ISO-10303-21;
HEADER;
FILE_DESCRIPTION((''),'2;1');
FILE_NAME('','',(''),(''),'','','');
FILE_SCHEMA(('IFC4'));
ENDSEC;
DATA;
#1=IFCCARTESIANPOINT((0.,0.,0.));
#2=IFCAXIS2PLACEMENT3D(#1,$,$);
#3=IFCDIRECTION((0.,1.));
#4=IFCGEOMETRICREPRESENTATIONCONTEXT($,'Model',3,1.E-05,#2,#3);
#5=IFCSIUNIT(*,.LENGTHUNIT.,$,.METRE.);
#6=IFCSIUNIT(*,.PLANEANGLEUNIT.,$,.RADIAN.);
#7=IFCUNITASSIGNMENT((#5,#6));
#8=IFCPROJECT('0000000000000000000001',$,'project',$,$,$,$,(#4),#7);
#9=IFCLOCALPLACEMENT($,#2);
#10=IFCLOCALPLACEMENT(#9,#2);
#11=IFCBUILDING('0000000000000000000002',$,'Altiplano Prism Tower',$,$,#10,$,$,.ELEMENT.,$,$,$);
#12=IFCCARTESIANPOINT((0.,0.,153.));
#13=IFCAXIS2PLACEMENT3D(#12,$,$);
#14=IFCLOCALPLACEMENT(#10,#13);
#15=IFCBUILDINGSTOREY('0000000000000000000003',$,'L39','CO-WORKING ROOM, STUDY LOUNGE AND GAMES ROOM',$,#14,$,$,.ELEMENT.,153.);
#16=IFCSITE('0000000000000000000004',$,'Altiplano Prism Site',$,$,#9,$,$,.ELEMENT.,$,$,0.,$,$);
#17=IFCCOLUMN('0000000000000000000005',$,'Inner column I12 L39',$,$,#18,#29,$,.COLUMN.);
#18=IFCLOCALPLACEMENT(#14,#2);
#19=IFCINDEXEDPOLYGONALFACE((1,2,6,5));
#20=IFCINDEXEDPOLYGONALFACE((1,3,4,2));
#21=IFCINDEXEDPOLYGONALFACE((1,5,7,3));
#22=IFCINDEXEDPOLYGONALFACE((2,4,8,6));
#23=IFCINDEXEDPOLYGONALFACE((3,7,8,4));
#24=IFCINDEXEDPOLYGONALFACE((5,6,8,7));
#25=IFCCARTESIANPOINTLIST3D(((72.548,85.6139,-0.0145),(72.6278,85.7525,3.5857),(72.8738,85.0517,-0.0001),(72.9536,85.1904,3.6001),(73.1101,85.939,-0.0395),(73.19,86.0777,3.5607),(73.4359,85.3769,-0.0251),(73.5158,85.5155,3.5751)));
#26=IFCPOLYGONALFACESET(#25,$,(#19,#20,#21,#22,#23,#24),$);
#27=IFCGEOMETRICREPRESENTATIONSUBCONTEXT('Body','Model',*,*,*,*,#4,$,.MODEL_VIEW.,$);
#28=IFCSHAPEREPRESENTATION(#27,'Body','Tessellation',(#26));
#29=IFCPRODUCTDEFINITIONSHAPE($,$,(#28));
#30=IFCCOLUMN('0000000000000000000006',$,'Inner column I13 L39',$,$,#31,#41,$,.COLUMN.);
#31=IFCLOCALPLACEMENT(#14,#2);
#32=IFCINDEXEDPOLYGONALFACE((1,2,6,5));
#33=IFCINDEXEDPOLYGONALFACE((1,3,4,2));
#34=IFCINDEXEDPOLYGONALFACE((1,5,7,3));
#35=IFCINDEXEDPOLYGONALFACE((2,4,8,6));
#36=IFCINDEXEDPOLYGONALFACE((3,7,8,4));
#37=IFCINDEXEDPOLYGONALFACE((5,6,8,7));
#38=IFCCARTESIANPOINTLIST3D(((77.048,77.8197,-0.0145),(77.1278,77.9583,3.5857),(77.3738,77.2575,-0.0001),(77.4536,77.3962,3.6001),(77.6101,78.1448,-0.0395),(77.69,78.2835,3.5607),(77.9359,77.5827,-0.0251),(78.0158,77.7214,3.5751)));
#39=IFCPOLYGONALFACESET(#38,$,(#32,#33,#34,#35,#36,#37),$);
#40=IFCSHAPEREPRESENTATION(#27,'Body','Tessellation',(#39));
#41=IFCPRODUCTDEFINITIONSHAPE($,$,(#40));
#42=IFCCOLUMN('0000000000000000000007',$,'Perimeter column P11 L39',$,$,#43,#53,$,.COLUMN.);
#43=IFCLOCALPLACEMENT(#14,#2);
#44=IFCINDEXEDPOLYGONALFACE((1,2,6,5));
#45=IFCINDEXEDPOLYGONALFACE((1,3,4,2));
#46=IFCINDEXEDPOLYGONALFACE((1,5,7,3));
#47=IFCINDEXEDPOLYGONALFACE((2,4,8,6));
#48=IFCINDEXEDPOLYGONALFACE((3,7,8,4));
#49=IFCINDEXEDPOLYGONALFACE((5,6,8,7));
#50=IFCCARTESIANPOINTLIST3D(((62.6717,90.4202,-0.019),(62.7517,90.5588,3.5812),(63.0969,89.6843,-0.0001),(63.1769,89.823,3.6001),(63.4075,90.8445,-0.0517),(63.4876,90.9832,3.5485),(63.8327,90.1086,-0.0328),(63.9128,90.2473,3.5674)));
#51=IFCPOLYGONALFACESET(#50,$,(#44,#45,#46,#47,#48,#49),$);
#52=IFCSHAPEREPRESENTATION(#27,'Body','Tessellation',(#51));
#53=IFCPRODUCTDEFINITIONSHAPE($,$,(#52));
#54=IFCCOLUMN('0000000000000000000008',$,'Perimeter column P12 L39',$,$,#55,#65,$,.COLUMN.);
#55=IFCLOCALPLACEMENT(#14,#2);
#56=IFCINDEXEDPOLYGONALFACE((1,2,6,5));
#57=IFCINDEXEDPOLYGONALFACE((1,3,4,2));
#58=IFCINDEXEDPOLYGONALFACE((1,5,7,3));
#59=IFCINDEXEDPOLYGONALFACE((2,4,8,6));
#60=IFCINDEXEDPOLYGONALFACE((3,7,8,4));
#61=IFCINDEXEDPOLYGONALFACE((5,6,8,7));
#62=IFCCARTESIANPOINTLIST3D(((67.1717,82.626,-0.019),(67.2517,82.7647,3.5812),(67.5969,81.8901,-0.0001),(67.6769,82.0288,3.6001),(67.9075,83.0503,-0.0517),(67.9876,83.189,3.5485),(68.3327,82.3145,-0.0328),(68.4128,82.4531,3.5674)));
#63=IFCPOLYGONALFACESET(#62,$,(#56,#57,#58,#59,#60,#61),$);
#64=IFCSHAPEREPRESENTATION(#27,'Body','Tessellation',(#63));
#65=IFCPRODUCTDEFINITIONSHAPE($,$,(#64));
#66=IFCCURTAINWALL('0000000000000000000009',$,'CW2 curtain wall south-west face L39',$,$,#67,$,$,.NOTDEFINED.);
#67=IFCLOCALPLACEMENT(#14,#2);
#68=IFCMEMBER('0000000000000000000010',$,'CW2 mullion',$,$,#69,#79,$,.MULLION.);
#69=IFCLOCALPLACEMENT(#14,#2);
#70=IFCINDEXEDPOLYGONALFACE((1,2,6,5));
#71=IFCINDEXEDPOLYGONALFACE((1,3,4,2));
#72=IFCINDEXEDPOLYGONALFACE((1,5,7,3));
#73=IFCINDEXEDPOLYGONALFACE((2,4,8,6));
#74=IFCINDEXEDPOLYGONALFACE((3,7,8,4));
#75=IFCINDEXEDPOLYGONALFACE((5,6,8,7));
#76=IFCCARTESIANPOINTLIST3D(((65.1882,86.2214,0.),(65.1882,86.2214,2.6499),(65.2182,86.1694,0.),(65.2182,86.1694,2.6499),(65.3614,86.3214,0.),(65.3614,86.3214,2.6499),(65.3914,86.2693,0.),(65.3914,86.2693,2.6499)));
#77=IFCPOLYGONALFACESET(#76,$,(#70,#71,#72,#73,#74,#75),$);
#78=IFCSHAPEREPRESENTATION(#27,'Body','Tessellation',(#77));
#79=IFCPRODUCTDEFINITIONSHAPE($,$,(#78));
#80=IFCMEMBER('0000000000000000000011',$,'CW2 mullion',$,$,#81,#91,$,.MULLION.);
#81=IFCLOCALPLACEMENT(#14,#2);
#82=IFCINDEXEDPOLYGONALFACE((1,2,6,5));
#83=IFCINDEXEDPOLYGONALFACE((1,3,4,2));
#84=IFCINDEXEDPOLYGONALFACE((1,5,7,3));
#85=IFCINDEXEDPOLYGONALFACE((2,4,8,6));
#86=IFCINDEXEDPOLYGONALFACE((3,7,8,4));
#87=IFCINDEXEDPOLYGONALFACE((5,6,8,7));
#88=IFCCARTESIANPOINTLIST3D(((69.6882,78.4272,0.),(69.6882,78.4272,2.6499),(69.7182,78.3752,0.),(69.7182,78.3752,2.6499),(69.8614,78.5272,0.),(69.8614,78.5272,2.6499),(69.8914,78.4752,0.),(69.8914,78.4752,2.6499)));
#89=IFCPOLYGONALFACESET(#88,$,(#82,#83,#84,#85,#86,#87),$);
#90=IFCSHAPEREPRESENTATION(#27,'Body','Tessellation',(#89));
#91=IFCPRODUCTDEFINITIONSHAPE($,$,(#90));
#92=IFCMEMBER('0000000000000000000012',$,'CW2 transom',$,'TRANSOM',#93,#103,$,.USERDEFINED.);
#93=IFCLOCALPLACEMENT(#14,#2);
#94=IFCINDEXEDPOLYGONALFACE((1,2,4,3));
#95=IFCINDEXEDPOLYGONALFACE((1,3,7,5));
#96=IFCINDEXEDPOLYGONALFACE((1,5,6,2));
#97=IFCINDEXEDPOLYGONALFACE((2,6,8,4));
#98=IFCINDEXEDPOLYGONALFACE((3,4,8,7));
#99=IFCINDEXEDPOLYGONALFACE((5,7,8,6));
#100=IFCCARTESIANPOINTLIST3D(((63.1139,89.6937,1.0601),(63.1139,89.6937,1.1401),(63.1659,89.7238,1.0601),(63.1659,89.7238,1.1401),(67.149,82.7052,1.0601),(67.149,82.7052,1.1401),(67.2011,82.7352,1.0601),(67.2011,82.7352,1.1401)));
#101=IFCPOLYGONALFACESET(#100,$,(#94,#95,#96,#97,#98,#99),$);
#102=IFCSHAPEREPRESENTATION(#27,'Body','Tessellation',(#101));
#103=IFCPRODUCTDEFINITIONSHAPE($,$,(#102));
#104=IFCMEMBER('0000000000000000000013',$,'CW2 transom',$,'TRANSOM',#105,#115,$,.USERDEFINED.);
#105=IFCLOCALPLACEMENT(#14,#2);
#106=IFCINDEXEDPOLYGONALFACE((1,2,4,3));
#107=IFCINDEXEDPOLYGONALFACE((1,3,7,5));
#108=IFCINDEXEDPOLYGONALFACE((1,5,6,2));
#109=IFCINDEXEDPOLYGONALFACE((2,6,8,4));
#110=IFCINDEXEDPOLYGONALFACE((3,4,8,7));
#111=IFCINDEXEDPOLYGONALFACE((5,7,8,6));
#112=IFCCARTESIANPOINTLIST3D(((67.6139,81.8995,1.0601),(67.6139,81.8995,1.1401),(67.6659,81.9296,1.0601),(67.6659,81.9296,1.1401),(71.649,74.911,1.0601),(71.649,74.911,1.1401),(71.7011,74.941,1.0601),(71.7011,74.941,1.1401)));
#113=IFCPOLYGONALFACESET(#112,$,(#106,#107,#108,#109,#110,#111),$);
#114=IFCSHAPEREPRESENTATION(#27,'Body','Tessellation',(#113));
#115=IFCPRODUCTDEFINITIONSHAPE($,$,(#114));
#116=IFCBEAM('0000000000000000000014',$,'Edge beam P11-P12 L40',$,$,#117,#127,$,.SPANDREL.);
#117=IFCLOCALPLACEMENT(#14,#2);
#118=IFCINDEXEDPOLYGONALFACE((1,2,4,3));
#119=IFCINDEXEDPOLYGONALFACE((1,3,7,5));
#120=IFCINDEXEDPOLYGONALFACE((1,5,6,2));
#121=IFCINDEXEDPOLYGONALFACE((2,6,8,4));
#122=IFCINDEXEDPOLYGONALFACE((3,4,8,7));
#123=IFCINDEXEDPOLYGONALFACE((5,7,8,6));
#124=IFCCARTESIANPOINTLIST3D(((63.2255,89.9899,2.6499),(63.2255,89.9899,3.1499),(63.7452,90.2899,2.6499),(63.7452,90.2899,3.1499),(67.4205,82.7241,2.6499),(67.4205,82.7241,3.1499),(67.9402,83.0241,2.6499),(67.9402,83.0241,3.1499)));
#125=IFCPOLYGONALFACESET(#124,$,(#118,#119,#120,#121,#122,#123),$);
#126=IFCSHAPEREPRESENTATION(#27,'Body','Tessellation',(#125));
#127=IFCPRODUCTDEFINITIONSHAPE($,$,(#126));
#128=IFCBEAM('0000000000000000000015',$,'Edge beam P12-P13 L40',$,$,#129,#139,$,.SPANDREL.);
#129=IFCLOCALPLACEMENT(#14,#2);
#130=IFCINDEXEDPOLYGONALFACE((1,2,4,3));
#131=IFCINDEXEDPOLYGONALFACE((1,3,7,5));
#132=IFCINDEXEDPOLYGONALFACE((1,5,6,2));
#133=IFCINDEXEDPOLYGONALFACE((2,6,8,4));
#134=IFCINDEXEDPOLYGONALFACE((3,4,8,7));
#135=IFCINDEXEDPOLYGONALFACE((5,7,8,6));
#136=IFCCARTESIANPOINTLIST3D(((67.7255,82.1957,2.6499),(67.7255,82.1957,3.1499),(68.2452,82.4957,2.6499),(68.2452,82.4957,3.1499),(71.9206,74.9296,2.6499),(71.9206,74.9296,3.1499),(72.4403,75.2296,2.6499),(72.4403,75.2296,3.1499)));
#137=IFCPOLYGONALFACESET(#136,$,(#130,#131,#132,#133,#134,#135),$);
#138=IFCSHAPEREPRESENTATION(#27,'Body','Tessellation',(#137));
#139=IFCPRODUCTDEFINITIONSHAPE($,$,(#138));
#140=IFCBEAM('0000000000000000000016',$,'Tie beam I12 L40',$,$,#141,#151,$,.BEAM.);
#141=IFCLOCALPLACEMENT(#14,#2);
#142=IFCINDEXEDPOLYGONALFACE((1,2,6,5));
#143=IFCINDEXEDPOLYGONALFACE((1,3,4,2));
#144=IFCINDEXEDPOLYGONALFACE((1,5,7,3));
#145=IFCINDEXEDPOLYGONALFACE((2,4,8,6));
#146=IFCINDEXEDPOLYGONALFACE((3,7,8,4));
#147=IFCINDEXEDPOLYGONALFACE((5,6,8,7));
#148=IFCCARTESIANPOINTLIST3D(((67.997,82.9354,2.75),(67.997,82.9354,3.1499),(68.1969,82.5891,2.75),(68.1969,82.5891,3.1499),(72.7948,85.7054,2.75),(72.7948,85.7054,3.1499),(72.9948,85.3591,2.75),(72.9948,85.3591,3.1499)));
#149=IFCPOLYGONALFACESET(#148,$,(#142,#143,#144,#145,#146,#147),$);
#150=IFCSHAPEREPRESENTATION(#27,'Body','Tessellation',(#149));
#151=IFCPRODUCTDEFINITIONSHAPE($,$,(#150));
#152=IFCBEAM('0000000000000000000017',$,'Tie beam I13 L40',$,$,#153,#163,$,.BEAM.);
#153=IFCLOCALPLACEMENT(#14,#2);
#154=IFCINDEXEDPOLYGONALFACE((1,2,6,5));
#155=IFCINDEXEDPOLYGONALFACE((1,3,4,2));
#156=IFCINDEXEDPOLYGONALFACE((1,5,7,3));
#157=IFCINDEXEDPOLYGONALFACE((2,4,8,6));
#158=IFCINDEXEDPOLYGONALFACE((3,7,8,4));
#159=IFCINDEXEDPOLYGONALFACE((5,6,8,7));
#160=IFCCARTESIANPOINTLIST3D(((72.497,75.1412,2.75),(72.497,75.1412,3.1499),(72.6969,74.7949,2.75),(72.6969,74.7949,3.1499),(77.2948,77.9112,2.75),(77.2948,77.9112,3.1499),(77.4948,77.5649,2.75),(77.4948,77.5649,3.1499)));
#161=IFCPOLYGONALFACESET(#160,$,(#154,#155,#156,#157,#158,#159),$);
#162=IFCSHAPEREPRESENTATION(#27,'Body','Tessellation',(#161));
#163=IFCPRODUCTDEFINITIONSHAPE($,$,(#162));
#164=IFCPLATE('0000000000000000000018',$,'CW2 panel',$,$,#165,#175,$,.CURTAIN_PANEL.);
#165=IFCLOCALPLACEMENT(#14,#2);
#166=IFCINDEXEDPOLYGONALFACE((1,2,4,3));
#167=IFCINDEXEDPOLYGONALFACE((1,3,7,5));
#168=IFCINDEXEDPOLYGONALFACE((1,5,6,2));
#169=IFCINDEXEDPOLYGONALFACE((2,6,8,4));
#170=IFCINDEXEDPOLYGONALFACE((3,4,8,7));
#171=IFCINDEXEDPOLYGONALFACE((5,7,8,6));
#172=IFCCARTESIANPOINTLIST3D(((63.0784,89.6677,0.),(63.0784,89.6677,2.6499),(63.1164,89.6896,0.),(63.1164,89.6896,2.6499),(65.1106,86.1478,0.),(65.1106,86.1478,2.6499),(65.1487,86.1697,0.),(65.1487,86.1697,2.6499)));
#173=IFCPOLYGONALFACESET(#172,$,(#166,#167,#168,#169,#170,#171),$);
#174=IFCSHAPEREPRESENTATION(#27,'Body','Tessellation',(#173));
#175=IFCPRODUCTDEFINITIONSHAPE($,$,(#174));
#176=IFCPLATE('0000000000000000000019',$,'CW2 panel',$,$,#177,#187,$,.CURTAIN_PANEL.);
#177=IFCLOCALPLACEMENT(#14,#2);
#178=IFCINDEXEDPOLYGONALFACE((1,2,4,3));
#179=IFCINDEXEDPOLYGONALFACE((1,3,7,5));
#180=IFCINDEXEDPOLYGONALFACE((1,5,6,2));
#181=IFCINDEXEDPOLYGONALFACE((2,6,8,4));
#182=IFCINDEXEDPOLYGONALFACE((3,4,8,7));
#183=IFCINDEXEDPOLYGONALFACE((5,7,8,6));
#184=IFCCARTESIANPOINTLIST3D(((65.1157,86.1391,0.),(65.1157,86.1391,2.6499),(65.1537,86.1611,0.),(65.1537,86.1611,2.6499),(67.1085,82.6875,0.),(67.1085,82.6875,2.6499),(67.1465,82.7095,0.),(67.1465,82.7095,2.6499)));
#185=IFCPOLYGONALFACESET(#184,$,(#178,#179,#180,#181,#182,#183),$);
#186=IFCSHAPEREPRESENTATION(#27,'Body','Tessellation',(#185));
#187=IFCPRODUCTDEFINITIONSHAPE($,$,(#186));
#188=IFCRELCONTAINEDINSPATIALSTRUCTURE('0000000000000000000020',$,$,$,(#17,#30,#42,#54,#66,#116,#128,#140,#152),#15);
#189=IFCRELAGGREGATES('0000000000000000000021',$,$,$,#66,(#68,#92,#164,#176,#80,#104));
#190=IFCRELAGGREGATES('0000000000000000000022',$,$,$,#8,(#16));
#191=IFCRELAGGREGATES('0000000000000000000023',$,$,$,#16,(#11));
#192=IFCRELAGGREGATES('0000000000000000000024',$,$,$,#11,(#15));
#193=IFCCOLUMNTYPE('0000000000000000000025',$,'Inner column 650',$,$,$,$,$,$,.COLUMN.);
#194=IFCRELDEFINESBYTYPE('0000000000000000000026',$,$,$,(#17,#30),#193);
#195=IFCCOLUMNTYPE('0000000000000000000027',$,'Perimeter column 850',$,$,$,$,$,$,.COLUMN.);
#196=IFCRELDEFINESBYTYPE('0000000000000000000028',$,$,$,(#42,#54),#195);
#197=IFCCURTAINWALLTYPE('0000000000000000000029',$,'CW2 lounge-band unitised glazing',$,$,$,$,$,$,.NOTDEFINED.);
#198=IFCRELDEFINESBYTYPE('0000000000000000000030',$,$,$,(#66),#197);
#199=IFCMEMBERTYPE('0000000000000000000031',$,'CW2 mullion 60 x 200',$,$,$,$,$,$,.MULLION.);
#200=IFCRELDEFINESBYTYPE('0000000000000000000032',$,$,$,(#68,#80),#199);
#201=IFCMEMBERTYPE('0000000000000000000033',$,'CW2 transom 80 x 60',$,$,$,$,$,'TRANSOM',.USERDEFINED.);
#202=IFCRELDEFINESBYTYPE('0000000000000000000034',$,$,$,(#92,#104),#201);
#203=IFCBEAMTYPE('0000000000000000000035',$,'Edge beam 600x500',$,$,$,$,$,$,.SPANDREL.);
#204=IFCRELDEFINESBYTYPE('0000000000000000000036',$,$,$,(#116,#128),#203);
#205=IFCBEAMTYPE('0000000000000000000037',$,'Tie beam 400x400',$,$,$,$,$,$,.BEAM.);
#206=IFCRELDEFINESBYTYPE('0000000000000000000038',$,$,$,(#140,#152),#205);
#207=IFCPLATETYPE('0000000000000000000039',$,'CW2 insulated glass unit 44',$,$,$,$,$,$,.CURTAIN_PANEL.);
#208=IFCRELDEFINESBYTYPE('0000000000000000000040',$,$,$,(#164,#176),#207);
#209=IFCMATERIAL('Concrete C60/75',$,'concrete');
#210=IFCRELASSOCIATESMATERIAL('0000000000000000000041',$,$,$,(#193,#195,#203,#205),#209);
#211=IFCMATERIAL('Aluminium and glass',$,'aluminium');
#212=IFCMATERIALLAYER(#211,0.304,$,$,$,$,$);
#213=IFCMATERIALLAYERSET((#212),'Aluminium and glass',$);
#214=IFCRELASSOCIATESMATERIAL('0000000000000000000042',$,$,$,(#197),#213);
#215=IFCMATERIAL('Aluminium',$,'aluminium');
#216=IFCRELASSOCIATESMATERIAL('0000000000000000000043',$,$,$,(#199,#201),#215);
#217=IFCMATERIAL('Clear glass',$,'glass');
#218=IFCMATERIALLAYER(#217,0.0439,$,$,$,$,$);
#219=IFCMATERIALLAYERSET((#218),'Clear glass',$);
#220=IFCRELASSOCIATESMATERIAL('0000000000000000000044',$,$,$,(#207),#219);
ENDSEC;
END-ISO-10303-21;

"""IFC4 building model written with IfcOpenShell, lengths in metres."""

from ifc_helpers import new_model, si_unit, direction, frame, origin, origin_2d, place, context, subcontext, project, spatial, rectangle, extrude, material, layer, layer_set, material_profile, profile_set, type_object, element, aggregate, save


model = new_model("IFC4")

# Units and contexts
model_context = context("Model", 3, precision=1e-05, world=origin(), true_north=direction((0.0, 1.0)))
body_context = subcontext(model_context, "Body", "Model", "MODEL_VIEW")
ifc_project = project(units=[si_unit("LENGTHUNIT", "METRE"), si_unit("PLANEANGLEUNIT", "RADIAN")], contexts=[model_context])

# Site, building, storey
site_placement = place(None, origin())
site = spatial("IfcSite", under=ifc_project, at=site_placement, Name="Altiplano Prism Site", CompositionType="ELEMENT", RefElevation=0.0)
building_placement = place(site_placement, origin())
building = spatial("IfcBuilding", under=site, at=building_placement, Name="Altiplano Prism Tower", CompositionType="ELEMENT")
storey_placement = place(building_placement, frame((0.0, 0.0, 153.0)))
storey = spatial("IfcBuildingStorey", under=building, at=storey_placement, Name="L39", Description="CO-WORKING ROOM, STUDY LOUNGE AND GAMES ROOM", CompositionType="ELEMENT", Elevation=153.0)

# Columns
ifc_material_1 = material(Name="Concrete C60/75", Category="concrete")
ifc_material_profile_1 = material_profile(ifc_material_1, rectangle(XDim=0.6499, YDim=0.6499, at=origin_2d()), Name="Inner column 650")
ifc_profile_set_1 = profile_set([ifc_material_profile_1], Name="Concrete C60/75")
column_type_1 = type_object("IfcColumnType", Name="Inner column 650", PredefinedType="COLUMN", material=ifc_profile_set_1)
for number, where, z_axis, x_axis, name in (
    (1, (72.9919, 85.4954, -0.0198), (0.022154, 0.038481, 0.999014), (-0.86498, -0.500331, 0.038454), "Inner column I12 L39"),
    (2, (77.4919, 77.7012, -0.0198), (0.022154, 0.038481, 0.999014), (-0.86498, -0.500331, 0.038454), "Inner column I13 L39"),
):
    element("IfcColumn", number, at=place(storey_placement, frame(where, z_axis=z_axis, x_axis=x_axis)), inside=storey, type_object=column_type_1, Name=name, PredefinedType="COLUMN", context=body_context, shape_type="SweptSolid", body=[
        extrude(rectangle(XDim=0.6499, YDim=0.6499, at=origin_2d()), origin(), (0.0, 0.0, 1.0), 3.6038),
    ])
ifc_material_profile_2 = material_profile(ifc_material_1, rectangle(XDim=0.8501, YDim=0.8501, at=origin_2d()), Name="Perimeter column 850")
ifc_profile_set_2 = profile_set([ifc_material_profile_2], Name="Concrete C60/75")
column_type_2 = type_object("IfcColumnType", Name="Perimeter column 850", PredefinedType="COLUMN", material=ifc_profile_set_2)
for number, where, z_axis, x_axis, name in (
    (3, (63.2522, 90.2644, -0.0259), (0.022221, 0.038481, 0.999012), (-0.865639, -0.499187, 0.038483), "Perimeter column P11 L39"),
    (4, (67.7522, 82.4702, -0.0259), (0.022221, 0.038481, 0.999012), (-0.865639, -0.499187, 0.038483), "Perimeter column P12 L39"),
):
    element("IfcColumn", number, at=place(storey_placement, frame(where, z_axis=z_axis, x_axis=x_axis)), inside=storey, type_object=column_type_2, Name=name, PredefinedType="COLUMN", context=body_context, shape_type="SweptSolid", body=[
        extrude(rectangle(XDim=0.8501, YDim=0.8501, at=origin_2d()), origin(), (0.0, 0.0, 1.0), 3.6038),
    ])

# Curtain wall, members
ifc_material_2 = material(Name="Aluminium and glass", Category="aluminium")
ifc_layer_1 = layer(ifc_material_2, 0.304)
ifc_layer_set_1 = layer_set([ifc_layer_1], Name="Aluminium and glass")
curtain_wall_type = type_object("IfcCurtainWallType", Name="CW2 lounge-band unitised glazing", PredefinedType="NOTDEFINED", material=ifc_layer_set_1)
curtain_wall_placement = place(storey_placement, origin())
curtain_wall = element("IfcCurtainWall", 5, at=curtain_wall_placement, inside=storey, type_object=curtain_wall_type, Name="CW2 curtain wall south-west face L39", PredefinedType="NOTDEFINED")
ifc_material_3 = material(Name="Aluminium", Category="aluminium")
ifc_material_profile_3 = material_profile(ifc_material_3, rectangle(XDim=0.2, YDim=0.0601, at=origin_2d()), Name="CW2 mullion 60 x 200")
ifc_profile_set_3 = profile_set([ifc_material_profile_3], Name="Aluminium")
member_type_1 = type_object("IfcMemberType", Name="CW2 mullion 60 x 200", PredefinedType="MULLION", material=ifc_profile_set_3)
member_1_placement = place(storey_placement, frame((65.2898, 86.2454, 0.0), z_axis=(0.0, 0.0, 1.0), x_axis=(0.866025, 0.5, 0.0)))
member_1 = element("IfcMember", 6, at=member_1_placement, type_object=member_type_1, Name="CW2 mullion", PredefinedType="MULLION", context=body_context, shape_type="SweptSolid", body=[
    extrude(rectangle(XDim=0.2, YDim=0.0601, at=origin_2d()), origin(), (0.0, 0.0, 1.0), 2.6499),
])
member_2_placement = place(storey_placement, frame((69.7898, 78.4512, 0.0), z_axis=(0.0, 0.0, 1.0), x_axis=(0.866025, 0.5, 0.0)))
member_2 = element("IfcMember", 7, at=member_2_placement, type_object=member_type_1, Name="CW2 mullion", PredefinedType="MULLION", context=body_context, shape_type="SweptSolid", body=[
    extrude(rectangle(XDim=0.2, YDim=0.0601, at=origin_2d()), origin(), (0.0, 0.0, 1.0), 2.6499),
])
ifc_material_profile_4 = material_profile(ifc_material_3, rectangle(XDim=0.0601, YDim=0.0801, at=origin_2d()), Name="CW2 transom 80 x 60")
ifc_profile_set_4 = profile_set([ifc_material_profile_4], Name="Aluminium")
member_type_2 = type_object("IfcMemberType", Name="CW2 transom 80 x 60", ElementType="TRANSOM", PredefinedType="USERDEFINED", material=ifc_profile_set_4)
member_3_placement = place(storey_placement, frame((63.1399, 89.7087, 1.1001), z_axis=(0.500031, -0.866008, 0.0), x_axis=(0.866008, 0.500031, 0.0)))
member_3 = element("IfcMember", 8, at=member_3_placement, type_object=member_type_2, Name="CW2 transom", ObjectType="TRANSOM", PredefinedType="USERDEFINED", context=body_context, shape_type="SweptSolid", body=[
    extrude(rectangle(XDim=0.0601, YDim=0.0801, at=origin_2d()), origin(), (0.0, 0.0, 1.0), 8.0698),
])
member_4_placement = place(storey_placement, frame((67.6399, 81.9146, 1.1001), z_axis=(0.500031, -0.866008, 0.0), x_axis=(0.866008, 0.500031, 0.0)))
member_4 = element("IfcMember", 9, at=member_4_placement, type_object=member_type_2, Name="CW2 transom", ObjectType="TRANSOM", PredefinedType="USERDEFINED", context=body_context, shape_type="SweptSolid", body=[
    extrude(rectangle(XDim=0.0601, YDim=0.0801, at=origin_2d()), origin(), (0.0, 0.0, 1.0), 8.0698),
])

# Beams
ifc_material_profile_5 = material_profile(ifc_material_1, rectangle(XDim=0.6001, YDim=0.5, at=origin_2d()), Name="Edge beam 600x500")
ifc_profile_set_5 = profile_set([ifc_material_profile_5], Name="Concrete C60/75")
beam_type_1 = type_object("IfcBeamType", Name="Edge beam 600x500", PredefinedType="SPANDREL", material=ifc_profile_set_5)
beam_1_placement = place(storey_placement, frame((63.4854, 90.1399, 2.8999), z_axis=(0.50001, -0.866019, 0.0), x_axis=(0.866019, 0.50001, 0.0)))
element("IfcBeam", 10, at=beam_1_placement, inside=storey, type_object=beam_type_1, Name="Edge beam P11-P12 L40", PredefinedType="SPANDREL", context=body_context, shape_type="SweptSolid", body=[
    extrude(rectangle(XDim=0.6001, YDim=0.5, at=origin_2d()), origin(), (0.0, 0.0, 1.0), 8.3899),
])
beam_2_placement = place(storey_placement, frame((67.9854, 82.3457, 2.8999), z_axis=(0.499998, -0.866027, 0.0), x_axis=(0.866027, 0.499998, 0.0)))
element("IfcBeam", 11, at=beam_2_placement, inside=storey, type_object=beam_type_1, Name="Edge beam P12-P13 L40", PredefinedType="SPANDREL", context=body_context, shape_type="SweptSolid", body=[
    extrude(rectangle(XDim=0.6001, YDim=0.5, at=origin_2d()), origin(), (0.0, 0.0, 1.0), 8.3901),
])
ifc_material_profile_6 = material_profile(ifc_material_1, rectangle(XDim=0.3999, YDim=0.3999, at=origin_2d()), Name="Tie beam 400x400")
ifc_profile_set_6 = profile_set([ifc_material_profile_6], Name="Concrete C60/75")
beam_type_2 = type_object("IfcBeamType", Name="Tie beam 400x400", PredefinedType="BEAM", material=ifc_profile_set_6)
for number, where, z_axis, x_axis, name in (
    (12, (72.8948, 85.5322, 2.95), (-0.866027, -0.499997, 0.0), (0.499997, -0.866027, 0.0), "Tie beam I12 L40"),
    (13, (77.3948, 77.738, 2.95), (-0.866027, -0.499997, 0.0), (0.499997, -0.866027, 0.0), "Tie beam I13 L40"),
):
    element("IfcBeam", number, at=place(storey_placement, frame(where, z_axis=z_axis, x_axis=x_axis)), inside=storey, type_object=beam_type_2, Name=name, PredefinedType="BEAM", context=body_context, shape_type="SweptSolid", body=[
        extrude(rectangle(XDim=0.3999, YDim=0.3999, at=origin_2d()), origin(), (0.0, 0.0, 1.0), 5.54),
    ])

# Plates
ifc_material_4 = material(Name="Clear glass", Category="glass")
ifc_layer_2 = layer(ifc_material_4, 0.0439)
ifc_layer_set_2 = layer_set([ifc_layer_2], Name="Clear glass")
plate_type = type_object("IfcPlateType", Name="CW2 insulated glass unit 44", PredefinedType="CURTAIN_PANEL", material=ifc_layer_set_2)
plate_1_placement = place(storey_placement, frame((64.1135, 87.9187, 0.0), z_axis=(0.0, 0.0, 1.0), x_axis=(0.5, -0.866025, 0.0)))
plate_1 = element("IfcPlate", 14, at=plate_1_placement, type_object=plate_type, Name="CW2 panel", PredefinedType="CURTAIN_PANEL", context=body_context, shape_type="SweptSolid", body=[
    extrude(rectangle(XDim=4.0645, YDim=0.0439, at=origin_2d()), origin(), (0.0, 0.0, 1.0), 2.6499),
])
plate_2_placement = place(storey_placement, frame((66.1311, 84.4243, 0.0), z_axis=(0.0, 0.0, 1.0), x_axis=(0.5, -0.866025, 0.0)))
plate_2 = element("IfcPlate", 15, at=plate_2_placement, type_object=plate_type, Name="CW2 panel", PredefinedType="CURTAIN_PANEL", context=body_context, shape_type="SweptSolid", body=[
    extrude(rectangle(XDim=3.9856, YDim=0.0439, at=origin_2d()), origin(), (0.0, 0.0, 1.0), 2.6499),
])
aggregate(curtain_wall, [member_1, member_3, plate_1, plate_2, member_2, member_4])

save(model, "model.ifc")
